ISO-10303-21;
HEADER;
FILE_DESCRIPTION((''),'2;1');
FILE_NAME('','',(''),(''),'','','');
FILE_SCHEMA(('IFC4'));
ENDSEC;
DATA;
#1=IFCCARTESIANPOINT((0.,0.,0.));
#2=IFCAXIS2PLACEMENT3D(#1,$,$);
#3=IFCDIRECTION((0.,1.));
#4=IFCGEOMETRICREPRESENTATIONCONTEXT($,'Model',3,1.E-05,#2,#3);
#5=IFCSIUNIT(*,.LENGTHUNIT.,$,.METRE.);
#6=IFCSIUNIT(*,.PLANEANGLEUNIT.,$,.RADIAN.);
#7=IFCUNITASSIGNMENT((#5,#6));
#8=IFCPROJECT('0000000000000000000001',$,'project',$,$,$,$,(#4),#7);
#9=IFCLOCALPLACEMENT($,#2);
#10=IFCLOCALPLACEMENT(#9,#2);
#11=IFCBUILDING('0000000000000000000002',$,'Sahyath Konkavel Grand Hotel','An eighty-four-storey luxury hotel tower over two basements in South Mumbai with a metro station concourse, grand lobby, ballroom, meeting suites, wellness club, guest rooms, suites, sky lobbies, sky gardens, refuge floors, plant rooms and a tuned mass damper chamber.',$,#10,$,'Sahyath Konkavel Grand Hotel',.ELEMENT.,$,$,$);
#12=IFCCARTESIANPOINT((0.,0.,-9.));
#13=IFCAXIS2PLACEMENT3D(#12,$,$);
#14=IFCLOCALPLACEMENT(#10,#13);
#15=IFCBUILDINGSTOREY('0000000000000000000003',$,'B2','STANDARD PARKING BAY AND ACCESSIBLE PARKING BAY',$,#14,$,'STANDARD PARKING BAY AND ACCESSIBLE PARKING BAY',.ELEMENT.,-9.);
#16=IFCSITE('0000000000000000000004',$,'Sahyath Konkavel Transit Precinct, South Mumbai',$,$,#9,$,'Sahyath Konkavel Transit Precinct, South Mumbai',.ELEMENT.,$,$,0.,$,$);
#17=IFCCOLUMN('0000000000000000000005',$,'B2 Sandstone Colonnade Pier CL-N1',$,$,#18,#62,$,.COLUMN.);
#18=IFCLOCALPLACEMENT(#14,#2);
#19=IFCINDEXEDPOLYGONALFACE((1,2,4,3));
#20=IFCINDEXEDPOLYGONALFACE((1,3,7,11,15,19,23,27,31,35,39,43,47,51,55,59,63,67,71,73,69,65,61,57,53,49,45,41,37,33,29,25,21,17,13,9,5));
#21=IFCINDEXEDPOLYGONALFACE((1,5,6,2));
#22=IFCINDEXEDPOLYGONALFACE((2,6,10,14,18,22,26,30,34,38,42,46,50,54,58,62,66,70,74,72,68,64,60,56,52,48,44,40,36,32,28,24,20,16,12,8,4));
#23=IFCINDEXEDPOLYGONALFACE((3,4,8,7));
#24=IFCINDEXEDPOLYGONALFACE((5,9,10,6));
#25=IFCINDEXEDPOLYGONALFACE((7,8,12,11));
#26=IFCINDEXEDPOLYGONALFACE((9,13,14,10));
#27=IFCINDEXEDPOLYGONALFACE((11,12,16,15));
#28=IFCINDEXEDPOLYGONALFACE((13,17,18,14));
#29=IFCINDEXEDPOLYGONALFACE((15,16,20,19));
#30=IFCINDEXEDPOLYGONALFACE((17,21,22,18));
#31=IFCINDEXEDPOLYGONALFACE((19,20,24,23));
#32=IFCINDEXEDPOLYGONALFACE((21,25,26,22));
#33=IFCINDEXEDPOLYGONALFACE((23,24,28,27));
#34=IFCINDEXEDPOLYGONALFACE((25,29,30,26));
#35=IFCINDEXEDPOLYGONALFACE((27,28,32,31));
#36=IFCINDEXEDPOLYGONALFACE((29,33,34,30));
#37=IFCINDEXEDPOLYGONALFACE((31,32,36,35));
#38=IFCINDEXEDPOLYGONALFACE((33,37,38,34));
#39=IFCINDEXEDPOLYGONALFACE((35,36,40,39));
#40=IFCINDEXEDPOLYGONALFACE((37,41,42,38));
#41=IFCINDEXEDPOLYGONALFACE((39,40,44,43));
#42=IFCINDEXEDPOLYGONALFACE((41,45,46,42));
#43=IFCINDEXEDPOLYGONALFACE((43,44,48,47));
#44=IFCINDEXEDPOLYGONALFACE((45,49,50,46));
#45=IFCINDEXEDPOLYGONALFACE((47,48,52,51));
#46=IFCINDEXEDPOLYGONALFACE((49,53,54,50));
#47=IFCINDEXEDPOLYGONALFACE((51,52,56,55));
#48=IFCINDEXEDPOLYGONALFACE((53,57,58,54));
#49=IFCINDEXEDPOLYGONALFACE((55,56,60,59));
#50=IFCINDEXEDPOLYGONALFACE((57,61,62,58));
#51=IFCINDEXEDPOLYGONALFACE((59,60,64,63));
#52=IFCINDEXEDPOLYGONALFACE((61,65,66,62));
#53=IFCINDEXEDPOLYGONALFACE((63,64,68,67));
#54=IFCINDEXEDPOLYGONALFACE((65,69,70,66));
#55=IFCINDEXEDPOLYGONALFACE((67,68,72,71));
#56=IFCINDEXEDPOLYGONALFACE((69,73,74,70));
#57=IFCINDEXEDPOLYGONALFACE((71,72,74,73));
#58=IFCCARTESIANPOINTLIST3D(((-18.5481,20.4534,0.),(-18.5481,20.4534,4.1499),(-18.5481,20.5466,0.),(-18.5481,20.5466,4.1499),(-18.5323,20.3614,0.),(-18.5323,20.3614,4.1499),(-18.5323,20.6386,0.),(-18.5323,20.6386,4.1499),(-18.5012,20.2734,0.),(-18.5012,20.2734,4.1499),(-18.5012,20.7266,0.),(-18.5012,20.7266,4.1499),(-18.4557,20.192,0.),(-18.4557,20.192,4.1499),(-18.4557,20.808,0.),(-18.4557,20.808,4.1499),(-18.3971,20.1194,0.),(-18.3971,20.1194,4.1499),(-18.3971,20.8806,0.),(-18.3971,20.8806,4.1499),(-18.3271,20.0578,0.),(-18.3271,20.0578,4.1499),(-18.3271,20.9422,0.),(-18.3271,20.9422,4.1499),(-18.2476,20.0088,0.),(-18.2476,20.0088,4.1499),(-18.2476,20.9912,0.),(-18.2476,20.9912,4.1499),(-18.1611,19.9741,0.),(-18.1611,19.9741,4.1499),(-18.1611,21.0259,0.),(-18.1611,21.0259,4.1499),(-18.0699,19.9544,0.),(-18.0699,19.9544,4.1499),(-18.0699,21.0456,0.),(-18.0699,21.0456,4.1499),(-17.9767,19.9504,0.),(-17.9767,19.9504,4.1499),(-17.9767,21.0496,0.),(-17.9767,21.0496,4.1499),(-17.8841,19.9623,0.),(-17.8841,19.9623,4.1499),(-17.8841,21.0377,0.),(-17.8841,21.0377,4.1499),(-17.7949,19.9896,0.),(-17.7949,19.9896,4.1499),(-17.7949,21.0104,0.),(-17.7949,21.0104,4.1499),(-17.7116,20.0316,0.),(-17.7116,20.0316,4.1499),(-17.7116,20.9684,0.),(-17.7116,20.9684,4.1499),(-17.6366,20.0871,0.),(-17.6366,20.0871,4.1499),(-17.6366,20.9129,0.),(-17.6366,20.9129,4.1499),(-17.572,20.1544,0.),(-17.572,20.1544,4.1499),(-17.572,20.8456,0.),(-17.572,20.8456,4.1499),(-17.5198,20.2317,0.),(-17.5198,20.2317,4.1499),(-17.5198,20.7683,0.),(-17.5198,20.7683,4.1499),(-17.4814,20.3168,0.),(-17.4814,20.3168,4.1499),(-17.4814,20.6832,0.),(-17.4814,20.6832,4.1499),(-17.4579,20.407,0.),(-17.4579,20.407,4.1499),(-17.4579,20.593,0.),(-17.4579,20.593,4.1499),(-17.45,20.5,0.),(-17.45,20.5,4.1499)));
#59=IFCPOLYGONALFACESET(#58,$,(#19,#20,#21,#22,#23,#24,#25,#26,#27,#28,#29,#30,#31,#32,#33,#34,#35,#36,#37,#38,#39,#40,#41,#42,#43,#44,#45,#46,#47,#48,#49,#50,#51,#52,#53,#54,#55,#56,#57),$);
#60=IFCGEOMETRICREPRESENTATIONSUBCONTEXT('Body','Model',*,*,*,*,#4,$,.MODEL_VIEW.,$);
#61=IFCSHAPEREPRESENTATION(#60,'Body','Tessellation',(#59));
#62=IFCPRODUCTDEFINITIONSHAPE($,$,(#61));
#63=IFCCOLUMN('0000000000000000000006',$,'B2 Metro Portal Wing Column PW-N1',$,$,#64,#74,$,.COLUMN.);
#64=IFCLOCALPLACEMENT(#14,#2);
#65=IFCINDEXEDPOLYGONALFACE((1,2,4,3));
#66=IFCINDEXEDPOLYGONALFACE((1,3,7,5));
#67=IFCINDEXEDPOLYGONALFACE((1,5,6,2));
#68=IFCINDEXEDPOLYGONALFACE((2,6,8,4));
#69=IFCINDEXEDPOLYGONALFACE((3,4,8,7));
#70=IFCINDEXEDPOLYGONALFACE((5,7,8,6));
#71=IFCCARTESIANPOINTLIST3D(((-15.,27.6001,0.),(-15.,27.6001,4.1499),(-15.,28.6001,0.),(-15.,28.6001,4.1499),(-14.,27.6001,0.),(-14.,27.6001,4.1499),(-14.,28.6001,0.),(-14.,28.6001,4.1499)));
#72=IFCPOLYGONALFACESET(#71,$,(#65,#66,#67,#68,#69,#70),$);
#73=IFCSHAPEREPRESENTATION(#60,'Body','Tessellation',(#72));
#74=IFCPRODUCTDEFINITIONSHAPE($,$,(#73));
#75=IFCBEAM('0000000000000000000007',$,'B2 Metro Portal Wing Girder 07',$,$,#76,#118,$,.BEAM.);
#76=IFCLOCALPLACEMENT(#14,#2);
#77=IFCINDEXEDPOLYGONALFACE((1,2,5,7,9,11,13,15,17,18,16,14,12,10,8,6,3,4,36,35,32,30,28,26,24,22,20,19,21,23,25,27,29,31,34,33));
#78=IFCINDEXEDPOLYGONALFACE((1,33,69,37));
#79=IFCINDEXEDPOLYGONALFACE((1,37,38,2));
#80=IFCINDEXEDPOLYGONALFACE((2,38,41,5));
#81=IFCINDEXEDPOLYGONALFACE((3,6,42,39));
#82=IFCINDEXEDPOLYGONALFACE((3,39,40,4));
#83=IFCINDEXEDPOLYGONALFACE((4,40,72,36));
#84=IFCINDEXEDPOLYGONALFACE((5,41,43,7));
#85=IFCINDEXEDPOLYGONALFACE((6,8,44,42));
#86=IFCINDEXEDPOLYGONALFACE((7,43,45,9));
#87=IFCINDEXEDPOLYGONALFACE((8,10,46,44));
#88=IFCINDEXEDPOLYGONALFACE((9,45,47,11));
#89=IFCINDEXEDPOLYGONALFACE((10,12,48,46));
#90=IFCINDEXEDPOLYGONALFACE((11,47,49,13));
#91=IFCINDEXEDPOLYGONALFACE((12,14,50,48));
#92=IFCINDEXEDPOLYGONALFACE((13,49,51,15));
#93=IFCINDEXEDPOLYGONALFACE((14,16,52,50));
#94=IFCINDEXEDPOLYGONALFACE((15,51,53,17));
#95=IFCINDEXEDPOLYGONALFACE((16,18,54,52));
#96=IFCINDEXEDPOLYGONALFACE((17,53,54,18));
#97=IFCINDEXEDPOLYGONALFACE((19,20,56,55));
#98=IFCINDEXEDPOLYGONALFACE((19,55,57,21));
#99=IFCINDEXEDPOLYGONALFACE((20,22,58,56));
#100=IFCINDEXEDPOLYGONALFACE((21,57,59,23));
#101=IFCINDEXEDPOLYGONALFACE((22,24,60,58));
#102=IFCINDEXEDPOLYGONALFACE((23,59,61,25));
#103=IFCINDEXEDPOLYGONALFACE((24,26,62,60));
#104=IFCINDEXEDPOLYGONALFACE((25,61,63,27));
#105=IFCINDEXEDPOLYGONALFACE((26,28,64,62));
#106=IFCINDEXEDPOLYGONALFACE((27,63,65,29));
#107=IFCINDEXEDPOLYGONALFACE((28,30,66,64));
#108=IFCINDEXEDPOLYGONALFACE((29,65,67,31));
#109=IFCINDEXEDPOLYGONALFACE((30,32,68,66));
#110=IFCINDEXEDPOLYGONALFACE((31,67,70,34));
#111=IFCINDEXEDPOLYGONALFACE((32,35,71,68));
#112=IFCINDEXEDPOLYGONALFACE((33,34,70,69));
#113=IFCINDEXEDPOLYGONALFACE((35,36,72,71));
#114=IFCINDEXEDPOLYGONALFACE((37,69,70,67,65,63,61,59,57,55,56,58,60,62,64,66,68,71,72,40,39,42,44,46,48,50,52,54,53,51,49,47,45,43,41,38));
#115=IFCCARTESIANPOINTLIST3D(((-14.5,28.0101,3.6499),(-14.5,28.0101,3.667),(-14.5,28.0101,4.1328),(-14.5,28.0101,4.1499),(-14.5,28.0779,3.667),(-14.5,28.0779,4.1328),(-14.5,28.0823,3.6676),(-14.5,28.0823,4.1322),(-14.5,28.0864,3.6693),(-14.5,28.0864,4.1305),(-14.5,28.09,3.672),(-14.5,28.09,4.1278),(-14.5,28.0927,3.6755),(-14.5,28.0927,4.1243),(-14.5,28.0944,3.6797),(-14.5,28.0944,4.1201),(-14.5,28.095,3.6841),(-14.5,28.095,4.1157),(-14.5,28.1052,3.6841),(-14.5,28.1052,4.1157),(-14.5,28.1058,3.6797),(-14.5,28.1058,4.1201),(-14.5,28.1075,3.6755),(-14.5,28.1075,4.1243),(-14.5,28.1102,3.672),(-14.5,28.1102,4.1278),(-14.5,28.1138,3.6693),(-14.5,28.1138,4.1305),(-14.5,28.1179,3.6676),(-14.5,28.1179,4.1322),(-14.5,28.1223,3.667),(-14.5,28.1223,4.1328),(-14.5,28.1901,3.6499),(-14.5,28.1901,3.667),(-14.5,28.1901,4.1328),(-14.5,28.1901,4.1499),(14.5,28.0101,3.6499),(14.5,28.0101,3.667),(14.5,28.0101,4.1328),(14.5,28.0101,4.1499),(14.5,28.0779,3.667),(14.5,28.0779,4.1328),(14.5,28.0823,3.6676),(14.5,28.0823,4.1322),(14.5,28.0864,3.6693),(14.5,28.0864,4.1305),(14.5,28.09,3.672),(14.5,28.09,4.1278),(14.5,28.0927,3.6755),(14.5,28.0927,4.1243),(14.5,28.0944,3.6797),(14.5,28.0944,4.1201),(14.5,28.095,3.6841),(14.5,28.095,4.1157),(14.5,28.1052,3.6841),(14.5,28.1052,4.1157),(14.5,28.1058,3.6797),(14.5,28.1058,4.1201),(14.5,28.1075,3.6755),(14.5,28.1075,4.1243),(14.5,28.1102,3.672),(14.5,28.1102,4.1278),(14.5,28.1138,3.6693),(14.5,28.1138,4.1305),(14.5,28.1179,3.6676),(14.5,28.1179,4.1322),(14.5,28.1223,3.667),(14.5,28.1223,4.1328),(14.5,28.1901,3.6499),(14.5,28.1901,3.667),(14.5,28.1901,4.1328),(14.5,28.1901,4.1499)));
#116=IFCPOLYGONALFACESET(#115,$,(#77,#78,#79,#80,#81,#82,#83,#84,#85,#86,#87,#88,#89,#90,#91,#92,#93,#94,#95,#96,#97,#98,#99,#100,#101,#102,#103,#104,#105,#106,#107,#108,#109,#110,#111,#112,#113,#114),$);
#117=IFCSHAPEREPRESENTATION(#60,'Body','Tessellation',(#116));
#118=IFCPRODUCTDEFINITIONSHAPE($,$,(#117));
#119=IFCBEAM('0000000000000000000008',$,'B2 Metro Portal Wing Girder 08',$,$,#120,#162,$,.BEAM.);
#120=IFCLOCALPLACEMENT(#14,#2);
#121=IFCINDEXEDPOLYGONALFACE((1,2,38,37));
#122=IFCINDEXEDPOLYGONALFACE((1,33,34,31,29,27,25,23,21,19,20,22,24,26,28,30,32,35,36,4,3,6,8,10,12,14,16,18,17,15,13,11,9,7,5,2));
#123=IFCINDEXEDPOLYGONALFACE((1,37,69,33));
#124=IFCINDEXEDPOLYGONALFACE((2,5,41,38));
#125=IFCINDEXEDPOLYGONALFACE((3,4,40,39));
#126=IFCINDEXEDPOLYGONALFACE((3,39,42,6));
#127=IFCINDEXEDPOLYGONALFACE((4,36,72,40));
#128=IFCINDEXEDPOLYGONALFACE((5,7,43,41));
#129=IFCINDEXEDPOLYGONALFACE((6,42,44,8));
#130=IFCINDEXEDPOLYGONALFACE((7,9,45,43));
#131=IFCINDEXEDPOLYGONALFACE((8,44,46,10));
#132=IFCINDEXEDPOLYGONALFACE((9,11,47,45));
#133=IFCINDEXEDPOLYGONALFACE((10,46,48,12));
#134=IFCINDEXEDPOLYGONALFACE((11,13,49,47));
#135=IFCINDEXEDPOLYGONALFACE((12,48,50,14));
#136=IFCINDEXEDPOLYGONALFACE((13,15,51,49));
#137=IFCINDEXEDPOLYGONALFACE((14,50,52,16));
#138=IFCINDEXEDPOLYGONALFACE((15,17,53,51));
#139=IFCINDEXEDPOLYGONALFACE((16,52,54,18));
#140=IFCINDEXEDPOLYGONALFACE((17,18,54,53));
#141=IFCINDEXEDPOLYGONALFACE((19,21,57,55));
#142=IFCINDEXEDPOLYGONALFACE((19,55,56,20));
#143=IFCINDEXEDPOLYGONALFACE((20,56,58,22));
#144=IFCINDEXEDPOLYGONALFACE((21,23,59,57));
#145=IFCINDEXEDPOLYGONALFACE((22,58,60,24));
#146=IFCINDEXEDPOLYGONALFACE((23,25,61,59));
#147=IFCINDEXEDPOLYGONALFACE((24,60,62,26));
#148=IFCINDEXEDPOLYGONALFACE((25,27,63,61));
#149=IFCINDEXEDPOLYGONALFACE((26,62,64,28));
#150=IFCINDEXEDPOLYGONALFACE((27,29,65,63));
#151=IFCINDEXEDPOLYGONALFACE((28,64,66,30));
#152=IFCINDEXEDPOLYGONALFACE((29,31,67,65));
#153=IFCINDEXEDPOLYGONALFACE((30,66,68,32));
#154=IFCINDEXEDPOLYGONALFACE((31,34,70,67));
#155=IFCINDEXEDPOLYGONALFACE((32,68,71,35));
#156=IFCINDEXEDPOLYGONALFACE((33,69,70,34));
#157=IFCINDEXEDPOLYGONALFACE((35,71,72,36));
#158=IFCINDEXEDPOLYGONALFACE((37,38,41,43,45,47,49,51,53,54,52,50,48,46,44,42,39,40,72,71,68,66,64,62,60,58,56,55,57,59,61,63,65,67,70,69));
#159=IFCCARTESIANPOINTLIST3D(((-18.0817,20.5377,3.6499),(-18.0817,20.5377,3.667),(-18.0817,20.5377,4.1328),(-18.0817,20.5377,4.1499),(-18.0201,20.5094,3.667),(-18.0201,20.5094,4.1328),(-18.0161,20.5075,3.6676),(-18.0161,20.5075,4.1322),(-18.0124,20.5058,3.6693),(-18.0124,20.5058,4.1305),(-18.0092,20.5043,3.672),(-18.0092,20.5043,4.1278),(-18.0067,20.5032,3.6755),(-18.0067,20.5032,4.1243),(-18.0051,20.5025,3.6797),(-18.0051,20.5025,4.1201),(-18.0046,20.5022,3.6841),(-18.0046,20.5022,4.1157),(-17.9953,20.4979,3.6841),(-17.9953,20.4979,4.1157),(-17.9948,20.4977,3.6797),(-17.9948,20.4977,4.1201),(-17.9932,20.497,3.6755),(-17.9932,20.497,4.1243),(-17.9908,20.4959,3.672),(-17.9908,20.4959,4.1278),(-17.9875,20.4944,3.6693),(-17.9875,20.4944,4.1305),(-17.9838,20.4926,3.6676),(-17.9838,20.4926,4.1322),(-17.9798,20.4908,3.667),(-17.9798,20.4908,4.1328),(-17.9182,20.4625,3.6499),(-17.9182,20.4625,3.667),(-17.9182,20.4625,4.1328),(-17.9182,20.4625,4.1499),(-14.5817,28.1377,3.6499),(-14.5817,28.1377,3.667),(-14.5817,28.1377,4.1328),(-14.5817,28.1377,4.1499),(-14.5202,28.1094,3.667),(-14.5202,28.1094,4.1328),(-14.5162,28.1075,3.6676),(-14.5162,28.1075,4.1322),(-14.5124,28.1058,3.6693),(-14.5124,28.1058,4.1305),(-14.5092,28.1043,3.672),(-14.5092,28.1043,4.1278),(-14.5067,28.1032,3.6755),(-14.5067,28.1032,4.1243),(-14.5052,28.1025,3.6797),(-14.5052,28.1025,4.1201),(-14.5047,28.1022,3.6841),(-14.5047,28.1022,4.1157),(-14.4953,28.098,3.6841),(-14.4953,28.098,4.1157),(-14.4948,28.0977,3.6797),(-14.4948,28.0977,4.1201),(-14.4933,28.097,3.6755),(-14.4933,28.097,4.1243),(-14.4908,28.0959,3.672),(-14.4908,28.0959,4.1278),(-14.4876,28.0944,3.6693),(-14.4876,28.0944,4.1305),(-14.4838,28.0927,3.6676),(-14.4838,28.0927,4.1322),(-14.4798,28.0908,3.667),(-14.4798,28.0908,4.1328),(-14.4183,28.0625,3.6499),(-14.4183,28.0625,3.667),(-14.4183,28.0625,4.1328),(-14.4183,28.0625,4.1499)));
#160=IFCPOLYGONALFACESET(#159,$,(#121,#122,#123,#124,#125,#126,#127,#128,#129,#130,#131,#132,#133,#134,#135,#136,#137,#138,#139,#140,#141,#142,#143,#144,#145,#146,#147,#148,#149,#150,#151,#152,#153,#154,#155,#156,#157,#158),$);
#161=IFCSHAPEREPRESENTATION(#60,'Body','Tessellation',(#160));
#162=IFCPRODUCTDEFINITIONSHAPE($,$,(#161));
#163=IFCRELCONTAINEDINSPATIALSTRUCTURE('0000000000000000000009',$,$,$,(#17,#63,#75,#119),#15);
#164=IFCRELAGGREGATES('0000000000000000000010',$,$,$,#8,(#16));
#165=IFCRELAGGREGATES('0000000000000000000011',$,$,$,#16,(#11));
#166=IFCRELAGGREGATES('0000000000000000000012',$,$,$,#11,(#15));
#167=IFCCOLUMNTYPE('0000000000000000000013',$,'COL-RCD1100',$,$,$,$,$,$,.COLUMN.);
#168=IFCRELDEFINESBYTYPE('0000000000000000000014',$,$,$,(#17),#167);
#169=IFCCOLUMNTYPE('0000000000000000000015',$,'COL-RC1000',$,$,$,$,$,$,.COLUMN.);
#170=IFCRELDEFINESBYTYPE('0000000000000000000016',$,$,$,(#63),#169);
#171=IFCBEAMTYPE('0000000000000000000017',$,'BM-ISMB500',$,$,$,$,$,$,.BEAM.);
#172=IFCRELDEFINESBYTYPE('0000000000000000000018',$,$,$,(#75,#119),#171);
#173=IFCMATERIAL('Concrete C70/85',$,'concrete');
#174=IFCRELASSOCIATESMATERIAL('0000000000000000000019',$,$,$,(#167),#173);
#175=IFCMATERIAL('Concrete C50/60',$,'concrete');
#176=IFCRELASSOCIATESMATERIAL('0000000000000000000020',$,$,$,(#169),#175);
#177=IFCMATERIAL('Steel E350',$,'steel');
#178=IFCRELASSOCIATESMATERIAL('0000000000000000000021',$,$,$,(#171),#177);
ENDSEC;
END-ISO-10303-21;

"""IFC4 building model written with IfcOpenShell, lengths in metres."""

from ifc_helpers import new_model, si_unit, direction, frame, origin, origin_2d, place, context, subcontext, project, spatial, rectangle, circle, i_section, extrude, source, transform, mapped, material, material_profile, profile_set, type_object, element, save


model = new_model("IFC4")

# Units and contexts
model_context = context("Model", 3, precision=1e-05, world=origin(), true_north=direction((0.0, 1.0)))
body_context = subcontext(model_context, "Body", "Model", "MODEL_VIEW")
ifc_project = project(units=[si_unit("LENGTHUNIT", "METRE"), si_unit("PLANEANGLEUNIT", "RADIAN")], contexts=[model_context])

# Site, building, storey
site_placement = place(None, origin())
site = spatial("IfcSite", under=ifc_project, at=site_placement, Name="Sahyath Konkavel Transit Precinct, South Mumbai", LongName="Sahyath Konkavel Transit Precinct, South Mumbai", CompositionType="ELEMENT", RefElevation=0.0)
building_placement = place(site_placement, origin())
building = spatial("IfcBuilding", under=site, at=building_placement, Name="Sahyath Konkavel Grand Hotel", Description="An eighty-four-storey luxury hotel tower over two basements in South Mumbai with a metro station concourse, grand lobby, ballroom, meeting suites, wellness club, guest rooms, suites, sky lobbies, sky gardens, refuge floors, plant rooms and a tuned mass damper chamber.", LongName="Sahyath Konkavel Grand Hotel", CompositionType="ELEMENT")
storey_placement = place(building_placement, frame((0.0, 0.0, -9.0)))
storey = spatial("IfcBuildingStorey", under=building, at=storey_placement, Name="B2", Description="STANDARD PARKING BAY AND ACCESSIBLE PARKING BAY", LongName="STANDARD PARKING BAY AND ACCESSIBLE PARKING BAY", CompositionType="ELEMENT", Elevation=-9.0)

# Shared definitions
ifc_material_1 = material(Name="Concrete C50/60", Category="concrete")

# Columns
ifc_material_2 = material(Name="Concrete C70/85", Category="concrete")
ifc_material_profile_1 = material_profile(ifc_material_2, circle(Radius=0.55, at=origin_2d()), Name="RC D1100")
ifc_profile_set_1 = profile_set([ifc_material_profile_1], Name="Concrete C70/85")
column_type_1 = type_object("IfcColumnType", Name="COL-RCD1100", PredefinedType="COLUMN", material=ifc_profile_set_1)
shared_shape_1 = source(origin(), body_context, "Body", "SweptSolid", [
    extrude(circle(Radius=0.55, at=origin_2d()), origin(), (0.0, 0.0, 1.0), 4.1499),
])
column_1_placement = place(storey_placement, frame((-18.0, 20.5, 0.0), z_axis=(0.0, 0.0, 1.0), x_axis=(1.0, 0.0, 0.0)))
element("IfcColumn", 1, at=column_1_placement, inside=storey, type_object=column_type_1, Name="B2 Sandstone Colonnade Pier CL-N1", PredefinedType="COLUMN", context=body_context, shape_type="MappedRepresentation", body=[
    mapped(shared_shape_1, transform((0.0, 0.0, 0.0), scale=1.0)),
])
ifc_material_profile_2 = material_profile(ifc_material_1, rectangle(XDim=1.0, YDim=1.0, at=origin_2d()), Name="RC 1000x1000")
ifc_profile_set_2 = profile_set([ifc_material_profile_2], Name="Concrete C50/60")
column_type_2 = type_object("IfcColumnType", Name="COL-RC1000", PredefinedType="COLUMN", material=ifc_profile_set_2)
shared_shape_2 = source(origin(), body_context, "Body", "SweptSolid", [
    extrude(rectangle(XDim=1.0, YDim=1.0, at=origin_2d()), origin(), (0.0, 0.0, 1.0), 4.1499),
])
column_2_placement = place(storey_placement, frame((-14.5, 28.1001, 0.0), z_axis=(0.0, 0.0, 1.0), x_axis=(1.0, 0.0, 0.0)))
element("IfcColumn", 2, at=column_2_placement, inside=storey, type_object=column_type_2, Name="B2 Metro Portal Wing Column PW-N1", PredefinedType="COLUMN", context=body_context, shape_type="MappedRepresentation", body=[
    mapped(shared_shape_2, transform((0.0, 0.0, 0.0), scale=1.0)),
])

# Beams
ifc_material_3 = material(Name="Steel E350", Category="steel")
ifc_material_profile_3 = material_profile(ifc_material_3, i_section(OverallWidth=0.1799, OverallDepth=0.5, WebThickness=0.0103, FlangeThickness=0.0171, FilletRadius=0.0171, at=origin_2d()), Name="ISMB 500")
ifc_profile_set_3 = profile_set([ifc_material_profile_3], Name="Steel E350")
beam_type_1 = type_object("IfcBeamType", Name="BM-ISMB500", PredefinedType="BEAM", material=ifc_profile_set_3)
shared_shape_3 = source(origin(), body_context, "Body", "SweptSolid", [
    extrude(i_section(OverallWidth=0.1799, OverallDepth=0.5, WebThickness=0.0103, FlangeThickness=0.0171, FilletRadius=0.0171, at=origin_2d()), origin(), (0.0, 0.0, 1.0), 29.0),
])
beam_1_placement = place(storey_placement, frame((-14.5, 28.1001, 3.8999), z_axis=(1.0, 0.0, 0.0), x_axis=(0.0, 1.0, 0.0)))
element("IfcBeam", 3, at=beam_1_placement, inside=storey, type_object=beam_type_1, Name="B2 Metro Portal Wing Girder 07", PredefinedType="BEAM", context=body_context, shape_type="MappedRepresentation", body=[
    mapped(shared_shape_3, transform((0.0, 0.0, 0.0), scale=1.0)),
])
shared_shape_4 = source(origin(), body_context, "Body", "SweptSolid", [
    extrude(i_section(OverallWidth=0.1799, OverallDepth=0.5, WebThickness=0.0103, FlangeThickness=0.0171, FilletRadius=0.0171, at=origin_2d()), origin(), (0.0, 0.0, 1.0), 8.3672),
])
beam_2_placement = place(storey_placement, frame((-14.5, 28.1001, 3.8999), z_axis=(-0.418296, -0.908311, 0.0), x_axis=(0.908311, -0.418296, 0.0)))
element("IfcBeam", 4, at=beam_2_placement, inside=storey, type_object=beam_type_1, Name="B2 Metro Portal Wing Girder 08", PredefinedType="BEAM", context=body_context, shape_type="MappedRepresentation", body=[
    mapped(shared_shape_4, transform((0.0, 0.0, 0.0), scale=1.0)),
])

save(model, "model.ifc")
